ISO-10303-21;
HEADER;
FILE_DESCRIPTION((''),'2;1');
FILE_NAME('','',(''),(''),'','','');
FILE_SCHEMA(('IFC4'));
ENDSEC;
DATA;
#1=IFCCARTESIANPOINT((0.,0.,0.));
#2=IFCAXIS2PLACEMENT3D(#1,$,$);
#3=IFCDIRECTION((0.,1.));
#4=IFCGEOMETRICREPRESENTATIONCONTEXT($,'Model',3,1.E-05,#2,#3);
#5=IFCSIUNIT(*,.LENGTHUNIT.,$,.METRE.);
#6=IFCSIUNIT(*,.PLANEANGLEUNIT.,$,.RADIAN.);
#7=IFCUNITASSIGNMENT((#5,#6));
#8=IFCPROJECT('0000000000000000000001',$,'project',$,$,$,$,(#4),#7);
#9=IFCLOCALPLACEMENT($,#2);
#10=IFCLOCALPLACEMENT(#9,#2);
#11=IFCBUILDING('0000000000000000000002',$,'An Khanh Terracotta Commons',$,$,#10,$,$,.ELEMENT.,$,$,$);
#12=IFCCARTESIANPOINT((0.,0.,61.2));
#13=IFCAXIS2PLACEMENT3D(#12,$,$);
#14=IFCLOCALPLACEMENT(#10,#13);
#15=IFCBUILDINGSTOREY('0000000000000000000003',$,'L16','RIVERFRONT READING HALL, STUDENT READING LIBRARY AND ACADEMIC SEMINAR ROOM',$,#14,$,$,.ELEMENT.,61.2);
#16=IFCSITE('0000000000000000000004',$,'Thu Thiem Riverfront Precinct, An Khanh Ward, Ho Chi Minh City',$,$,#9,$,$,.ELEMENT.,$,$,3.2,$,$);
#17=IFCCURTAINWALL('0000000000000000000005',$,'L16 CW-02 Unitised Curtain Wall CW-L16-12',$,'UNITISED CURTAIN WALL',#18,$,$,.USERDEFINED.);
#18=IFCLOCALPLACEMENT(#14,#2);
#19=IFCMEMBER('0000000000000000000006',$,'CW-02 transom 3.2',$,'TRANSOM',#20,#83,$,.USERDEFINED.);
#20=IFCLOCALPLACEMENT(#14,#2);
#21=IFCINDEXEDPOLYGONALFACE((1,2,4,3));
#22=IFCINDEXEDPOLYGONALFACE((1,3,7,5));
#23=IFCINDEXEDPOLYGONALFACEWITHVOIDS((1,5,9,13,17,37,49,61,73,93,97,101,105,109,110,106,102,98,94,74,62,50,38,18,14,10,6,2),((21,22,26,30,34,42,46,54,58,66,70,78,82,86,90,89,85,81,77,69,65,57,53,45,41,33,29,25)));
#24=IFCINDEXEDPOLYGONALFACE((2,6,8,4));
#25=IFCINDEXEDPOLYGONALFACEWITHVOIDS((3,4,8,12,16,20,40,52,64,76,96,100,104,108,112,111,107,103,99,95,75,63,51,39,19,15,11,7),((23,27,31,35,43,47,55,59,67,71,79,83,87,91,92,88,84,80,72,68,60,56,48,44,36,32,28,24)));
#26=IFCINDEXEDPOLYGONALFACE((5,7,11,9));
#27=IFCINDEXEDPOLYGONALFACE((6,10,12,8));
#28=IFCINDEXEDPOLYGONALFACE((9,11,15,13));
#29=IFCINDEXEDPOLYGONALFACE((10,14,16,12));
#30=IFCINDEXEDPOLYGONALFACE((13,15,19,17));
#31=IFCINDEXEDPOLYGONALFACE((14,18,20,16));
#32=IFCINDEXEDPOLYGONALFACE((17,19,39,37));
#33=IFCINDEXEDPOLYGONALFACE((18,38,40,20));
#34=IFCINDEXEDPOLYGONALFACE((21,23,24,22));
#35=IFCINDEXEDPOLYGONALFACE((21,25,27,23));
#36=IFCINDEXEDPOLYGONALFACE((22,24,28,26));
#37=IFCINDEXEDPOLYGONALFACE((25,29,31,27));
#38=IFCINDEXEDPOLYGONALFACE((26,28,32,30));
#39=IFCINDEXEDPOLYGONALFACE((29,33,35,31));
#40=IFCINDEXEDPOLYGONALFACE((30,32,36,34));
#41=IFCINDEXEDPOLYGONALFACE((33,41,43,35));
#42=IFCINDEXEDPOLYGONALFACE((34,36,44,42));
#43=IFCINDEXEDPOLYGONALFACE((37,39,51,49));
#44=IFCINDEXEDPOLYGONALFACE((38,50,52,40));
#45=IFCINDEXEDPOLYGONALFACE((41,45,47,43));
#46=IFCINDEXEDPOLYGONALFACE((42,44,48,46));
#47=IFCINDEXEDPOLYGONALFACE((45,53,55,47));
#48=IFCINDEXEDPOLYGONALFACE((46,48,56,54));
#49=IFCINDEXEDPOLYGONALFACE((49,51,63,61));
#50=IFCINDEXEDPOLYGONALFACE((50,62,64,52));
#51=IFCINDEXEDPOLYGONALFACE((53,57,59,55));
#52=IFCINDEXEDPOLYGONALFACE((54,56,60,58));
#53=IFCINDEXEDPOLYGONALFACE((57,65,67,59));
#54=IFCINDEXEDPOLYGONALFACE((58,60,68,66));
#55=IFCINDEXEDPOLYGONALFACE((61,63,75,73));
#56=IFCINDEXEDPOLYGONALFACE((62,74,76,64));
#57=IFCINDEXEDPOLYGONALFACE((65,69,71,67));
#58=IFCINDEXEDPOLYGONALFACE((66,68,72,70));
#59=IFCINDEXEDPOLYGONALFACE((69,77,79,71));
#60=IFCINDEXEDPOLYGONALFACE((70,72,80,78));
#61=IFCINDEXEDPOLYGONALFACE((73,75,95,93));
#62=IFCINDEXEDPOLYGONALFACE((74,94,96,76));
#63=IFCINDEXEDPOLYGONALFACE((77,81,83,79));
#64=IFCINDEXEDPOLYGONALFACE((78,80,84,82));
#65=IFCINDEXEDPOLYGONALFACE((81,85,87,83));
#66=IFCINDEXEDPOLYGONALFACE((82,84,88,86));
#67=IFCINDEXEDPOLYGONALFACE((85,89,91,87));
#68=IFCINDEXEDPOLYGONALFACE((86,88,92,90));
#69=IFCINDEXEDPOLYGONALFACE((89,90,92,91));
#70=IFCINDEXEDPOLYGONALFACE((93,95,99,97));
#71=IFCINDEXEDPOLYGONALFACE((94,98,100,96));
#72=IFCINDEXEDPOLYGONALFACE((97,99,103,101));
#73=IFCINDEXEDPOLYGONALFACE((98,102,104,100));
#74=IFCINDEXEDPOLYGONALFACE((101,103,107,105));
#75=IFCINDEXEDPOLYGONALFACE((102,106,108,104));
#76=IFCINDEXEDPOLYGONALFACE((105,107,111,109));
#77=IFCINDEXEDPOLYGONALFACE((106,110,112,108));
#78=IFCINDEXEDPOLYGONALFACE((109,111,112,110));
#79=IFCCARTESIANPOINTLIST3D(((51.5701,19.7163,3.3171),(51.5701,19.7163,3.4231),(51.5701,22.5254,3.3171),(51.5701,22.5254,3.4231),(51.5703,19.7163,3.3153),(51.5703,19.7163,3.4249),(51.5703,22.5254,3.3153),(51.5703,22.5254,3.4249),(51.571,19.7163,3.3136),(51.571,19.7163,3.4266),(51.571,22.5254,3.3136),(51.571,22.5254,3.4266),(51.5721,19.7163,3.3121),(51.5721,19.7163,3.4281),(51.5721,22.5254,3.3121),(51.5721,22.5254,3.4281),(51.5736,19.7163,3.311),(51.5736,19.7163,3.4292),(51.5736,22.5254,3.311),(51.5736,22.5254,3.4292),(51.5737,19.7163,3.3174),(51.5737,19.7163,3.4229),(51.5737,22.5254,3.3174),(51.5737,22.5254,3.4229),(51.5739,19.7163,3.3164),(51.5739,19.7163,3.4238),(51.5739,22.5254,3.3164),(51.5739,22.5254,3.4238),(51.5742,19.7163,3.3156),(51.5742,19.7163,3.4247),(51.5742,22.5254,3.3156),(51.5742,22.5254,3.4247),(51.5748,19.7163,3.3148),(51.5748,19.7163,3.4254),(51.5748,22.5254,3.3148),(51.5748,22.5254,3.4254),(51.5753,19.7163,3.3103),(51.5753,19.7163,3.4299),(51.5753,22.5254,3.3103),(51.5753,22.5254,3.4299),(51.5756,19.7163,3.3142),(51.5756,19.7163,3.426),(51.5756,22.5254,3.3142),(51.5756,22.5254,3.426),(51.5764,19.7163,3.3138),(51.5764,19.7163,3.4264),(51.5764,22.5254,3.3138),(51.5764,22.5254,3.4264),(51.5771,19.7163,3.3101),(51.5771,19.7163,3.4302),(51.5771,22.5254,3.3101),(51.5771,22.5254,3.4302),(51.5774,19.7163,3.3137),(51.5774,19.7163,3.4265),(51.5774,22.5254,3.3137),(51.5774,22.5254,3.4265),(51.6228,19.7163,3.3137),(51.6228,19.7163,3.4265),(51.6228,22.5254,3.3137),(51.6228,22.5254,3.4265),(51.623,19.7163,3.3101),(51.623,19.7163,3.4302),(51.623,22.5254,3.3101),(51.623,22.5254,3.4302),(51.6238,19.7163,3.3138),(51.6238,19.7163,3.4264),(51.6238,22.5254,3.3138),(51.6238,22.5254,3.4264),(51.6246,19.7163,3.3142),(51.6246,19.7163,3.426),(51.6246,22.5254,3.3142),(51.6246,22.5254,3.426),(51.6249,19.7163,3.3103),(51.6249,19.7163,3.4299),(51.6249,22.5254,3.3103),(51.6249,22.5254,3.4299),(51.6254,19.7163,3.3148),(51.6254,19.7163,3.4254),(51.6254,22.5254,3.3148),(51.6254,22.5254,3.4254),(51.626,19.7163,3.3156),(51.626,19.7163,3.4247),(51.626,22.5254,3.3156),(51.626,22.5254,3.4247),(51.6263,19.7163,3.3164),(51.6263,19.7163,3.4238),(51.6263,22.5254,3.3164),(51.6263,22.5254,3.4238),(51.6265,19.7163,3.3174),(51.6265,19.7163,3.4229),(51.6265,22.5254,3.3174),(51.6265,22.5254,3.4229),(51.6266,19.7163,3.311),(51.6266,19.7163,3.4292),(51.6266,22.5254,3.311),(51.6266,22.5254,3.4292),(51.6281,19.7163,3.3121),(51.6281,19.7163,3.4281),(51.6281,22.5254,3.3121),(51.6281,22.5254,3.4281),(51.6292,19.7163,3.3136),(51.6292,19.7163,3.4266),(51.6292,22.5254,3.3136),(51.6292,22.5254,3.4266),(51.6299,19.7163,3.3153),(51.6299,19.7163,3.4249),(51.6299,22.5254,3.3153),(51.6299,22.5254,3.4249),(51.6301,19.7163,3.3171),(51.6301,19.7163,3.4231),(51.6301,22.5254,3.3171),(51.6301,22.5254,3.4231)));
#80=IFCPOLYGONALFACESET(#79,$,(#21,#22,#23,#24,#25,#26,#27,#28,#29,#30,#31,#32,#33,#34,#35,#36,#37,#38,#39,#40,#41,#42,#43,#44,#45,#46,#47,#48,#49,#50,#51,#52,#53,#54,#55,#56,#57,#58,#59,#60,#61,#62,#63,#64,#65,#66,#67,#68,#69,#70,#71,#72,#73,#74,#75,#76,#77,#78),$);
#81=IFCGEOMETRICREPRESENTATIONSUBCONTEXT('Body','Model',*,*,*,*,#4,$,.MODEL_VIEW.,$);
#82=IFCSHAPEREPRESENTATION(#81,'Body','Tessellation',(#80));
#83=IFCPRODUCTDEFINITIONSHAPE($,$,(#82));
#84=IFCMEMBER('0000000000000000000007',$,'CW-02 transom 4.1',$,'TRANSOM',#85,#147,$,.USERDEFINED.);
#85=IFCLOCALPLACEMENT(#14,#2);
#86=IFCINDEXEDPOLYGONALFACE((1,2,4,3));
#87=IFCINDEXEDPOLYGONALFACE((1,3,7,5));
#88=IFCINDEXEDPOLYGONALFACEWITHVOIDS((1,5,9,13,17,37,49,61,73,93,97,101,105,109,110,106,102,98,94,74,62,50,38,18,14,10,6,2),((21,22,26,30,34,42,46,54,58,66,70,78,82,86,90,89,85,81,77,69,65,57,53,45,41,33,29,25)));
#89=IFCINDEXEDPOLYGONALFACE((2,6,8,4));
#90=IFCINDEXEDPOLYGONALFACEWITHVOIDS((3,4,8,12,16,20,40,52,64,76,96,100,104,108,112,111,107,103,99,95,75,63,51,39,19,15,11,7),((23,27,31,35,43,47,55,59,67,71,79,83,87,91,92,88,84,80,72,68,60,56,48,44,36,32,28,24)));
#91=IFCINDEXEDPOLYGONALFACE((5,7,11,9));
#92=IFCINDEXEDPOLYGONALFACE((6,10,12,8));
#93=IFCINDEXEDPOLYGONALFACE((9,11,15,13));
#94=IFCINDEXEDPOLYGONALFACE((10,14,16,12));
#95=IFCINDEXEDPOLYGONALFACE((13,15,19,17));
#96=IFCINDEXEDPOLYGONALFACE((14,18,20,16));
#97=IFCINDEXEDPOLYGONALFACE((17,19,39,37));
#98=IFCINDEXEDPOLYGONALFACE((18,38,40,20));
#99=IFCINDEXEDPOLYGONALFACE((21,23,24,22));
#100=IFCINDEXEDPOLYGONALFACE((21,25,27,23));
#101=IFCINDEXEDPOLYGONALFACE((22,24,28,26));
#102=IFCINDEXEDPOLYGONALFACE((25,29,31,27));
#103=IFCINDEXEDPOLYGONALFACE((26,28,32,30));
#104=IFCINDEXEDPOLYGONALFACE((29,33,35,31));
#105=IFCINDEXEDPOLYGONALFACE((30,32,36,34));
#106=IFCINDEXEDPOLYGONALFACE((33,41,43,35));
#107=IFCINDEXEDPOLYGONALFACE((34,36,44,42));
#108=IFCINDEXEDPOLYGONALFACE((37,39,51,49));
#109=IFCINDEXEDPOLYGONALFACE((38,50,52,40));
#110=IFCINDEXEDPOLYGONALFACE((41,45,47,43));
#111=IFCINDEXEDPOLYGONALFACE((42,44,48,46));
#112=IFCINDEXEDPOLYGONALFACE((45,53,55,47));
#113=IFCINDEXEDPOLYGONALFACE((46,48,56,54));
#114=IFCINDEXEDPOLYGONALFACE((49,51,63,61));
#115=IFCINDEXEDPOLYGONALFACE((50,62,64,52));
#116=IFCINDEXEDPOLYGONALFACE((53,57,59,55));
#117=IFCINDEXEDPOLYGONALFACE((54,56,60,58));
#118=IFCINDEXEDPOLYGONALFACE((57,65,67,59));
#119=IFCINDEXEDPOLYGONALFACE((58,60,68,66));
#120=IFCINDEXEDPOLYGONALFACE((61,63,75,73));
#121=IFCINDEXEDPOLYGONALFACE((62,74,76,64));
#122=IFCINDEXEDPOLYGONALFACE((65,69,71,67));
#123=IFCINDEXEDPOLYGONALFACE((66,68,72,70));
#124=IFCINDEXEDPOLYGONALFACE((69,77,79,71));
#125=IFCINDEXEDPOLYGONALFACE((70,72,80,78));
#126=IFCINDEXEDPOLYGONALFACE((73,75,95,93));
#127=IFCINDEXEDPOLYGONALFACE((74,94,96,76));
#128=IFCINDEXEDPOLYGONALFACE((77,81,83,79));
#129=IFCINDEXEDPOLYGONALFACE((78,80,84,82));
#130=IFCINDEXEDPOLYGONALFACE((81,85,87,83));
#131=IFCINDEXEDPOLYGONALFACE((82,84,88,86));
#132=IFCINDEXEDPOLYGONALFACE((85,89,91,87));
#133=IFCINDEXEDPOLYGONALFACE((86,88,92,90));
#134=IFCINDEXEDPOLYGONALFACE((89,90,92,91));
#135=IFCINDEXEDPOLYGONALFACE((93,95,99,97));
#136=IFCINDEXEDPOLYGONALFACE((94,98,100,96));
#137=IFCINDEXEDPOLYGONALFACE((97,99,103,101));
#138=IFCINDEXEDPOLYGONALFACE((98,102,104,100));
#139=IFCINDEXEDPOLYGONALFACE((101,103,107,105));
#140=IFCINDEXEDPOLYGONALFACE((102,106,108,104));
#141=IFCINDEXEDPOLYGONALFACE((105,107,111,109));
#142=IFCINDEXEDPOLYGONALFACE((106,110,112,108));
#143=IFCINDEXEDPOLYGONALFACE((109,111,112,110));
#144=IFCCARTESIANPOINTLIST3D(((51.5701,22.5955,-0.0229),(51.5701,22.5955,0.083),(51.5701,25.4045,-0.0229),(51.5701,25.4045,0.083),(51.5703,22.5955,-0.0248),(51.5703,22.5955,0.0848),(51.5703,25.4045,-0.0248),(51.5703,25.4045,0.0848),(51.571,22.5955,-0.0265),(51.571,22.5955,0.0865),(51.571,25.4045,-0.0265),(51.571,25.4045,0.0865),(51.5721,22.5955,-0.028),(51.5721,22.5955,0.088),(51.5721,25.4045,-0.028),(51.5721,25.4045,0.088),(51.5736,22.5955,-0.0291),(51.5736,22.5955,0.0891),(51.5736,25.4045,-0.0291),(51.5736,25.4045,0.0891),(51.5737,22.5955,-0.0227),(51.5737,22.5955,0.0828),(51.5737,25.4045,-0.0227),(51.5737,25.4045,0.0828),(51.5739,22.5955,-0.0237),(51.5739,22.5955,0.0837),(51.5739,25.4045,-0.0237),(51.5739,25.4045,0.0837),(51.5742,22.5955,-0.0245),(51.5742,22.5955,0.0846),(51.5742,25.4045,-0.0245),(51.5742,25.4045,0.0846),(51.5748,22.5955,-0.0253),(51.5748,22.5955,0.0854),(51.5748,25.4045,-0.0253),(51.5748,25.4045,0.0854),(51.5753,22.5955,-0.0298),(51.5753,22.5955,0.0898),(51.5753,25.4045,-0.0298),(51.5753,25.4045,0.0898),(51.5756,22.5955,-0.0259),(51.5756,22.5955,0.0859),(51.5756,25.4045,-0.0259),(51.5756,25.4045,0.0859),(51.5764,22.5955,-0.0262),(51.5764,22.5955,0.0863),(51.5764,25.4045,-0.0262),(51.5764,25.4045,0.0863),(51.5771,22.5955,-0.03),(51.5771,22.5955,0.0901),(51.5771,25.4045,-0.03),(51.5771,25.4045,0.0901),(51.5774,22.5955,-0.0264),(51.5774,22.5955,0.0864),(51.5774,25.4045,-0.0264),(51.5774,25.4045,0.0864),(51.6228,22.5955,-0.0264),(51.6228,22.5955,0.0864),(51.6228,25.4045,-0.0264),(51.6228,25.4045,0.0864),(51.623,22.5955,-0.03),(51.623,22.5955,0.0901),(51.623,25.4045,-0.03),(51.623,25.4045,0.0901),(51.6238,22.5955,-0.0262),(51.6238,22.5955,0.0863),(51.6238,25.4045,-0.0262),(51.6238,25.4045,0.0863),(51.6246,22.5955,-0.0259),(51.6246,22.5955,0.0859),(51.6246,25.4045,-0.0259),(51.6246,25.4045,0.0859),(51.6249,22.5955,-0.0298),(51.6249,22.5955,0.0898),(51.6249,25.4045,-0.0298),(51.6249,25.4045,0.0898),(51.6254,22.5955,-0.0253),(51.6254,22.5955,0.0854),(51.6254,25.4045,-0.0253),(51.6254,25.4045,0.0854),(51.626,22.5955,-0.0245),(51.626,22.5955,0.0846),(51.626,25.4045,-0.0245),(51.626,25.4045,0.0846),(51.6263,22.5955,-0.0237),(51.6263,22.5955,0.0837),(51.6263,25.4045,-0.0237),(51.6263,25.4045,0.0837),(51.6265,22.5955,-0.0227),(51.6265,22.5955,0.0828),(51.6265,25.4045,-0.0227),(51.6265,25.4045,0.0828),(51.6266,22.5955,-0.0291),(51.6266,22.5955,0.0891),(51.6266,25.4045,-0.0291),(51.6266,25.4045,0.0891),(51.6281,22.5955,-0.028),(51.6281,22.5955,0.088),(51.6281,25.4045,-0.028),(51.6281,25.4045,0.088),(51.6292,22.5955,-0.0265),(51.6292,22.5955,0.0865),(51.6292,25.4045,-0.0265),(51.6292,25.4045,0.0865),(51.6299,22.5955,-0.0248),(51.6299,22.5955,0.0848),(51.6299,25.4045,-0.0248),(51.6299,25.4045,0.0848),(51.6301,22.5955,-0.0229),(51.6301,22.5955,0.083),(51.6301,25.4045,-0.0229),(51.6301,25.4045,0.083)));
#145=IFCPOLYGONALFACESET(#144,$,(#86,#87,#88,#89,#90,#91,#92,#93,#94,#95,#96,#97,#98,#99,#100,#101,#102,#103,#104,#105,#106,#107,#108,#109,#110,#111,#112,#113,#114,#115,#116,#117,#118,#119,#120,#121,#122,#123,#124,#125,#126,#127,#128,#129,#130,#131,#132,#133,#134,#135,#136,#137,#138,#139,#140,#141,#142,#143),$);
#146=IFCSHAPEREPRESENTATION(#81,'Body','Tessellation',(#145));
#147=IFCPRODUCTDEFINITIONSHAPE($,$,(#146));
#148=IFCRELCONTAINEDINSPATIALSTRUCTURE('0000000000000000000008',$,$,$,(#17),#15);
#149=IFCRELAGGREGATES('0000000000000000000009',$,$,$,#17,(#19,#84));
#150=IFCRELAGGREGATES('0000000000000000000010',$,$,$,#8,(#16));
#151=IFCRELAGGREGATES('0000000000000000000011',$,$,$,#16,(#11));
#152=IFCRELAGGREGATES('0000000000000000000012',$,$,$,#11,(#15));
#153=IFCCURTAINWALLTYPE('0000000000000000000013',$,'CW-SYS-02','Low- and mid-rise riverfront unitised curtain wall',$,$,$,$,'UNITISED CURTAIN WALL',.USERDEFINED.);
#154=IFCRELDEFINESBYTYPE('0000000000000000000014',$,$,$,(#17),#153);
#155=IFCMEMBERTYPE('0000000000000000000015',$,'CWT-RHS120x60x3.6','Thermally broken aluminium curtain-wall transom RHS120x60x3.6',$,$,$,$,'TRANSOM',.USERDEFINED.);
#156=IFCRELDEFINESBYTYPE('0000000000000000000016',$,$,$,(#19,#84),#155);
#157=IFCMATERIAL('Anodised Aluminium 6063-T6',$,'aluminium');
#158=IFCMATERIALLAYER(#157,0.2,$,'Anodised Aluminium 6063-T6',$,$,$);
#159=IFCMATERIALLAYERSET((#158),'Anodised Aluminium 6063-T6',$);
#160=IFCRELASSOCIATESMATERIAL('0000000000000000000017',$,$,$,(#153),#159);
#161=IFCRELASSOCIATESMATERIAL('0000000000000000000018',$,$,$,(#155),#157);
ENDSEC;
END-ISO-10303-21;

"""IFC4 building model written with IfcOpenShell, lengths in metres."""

from ifc_helpers import new_model, si_unit, direction, frame, origin, origin_2d, place, context, subcontext, project, spatial, hollow_rectangle, extrude, material, layer, layer_set, material_profile, profile_set, type_object, element, aggregate, save


model = new_model("IFC4")

# Units and contexts
model_context = context("Model", 3, precision=1e-05, world=origin(), true_north=direction((0.0, 1.0)))
body_context = subcontext(model_context, "Body", "Model", "MODEL_VIEW")
ifc_project = project(units=[si_unit("LENGTHUNIT", "METRE"), si_unit("PLANEANGLEUNIT", "RADIAN")], contexts=[model_context])

# Site, building, storey
site_placement = place(None, origin())
site = spatial("IfcSite", under=ifc_project, at=site_placement, Name="Thu Thiem Riverfront Precinct, An Khanh Ward, Ho Chi Minh City", CompositionType="ELEMENT", RefElevation=3.2)
building_placement = place(site_placement, origin())
building = spatial("IfcBuilding", under=site, at=building_placement, Name="An Khanh Terracotta Commons", CompositionType="ELEMENT")
storey_placement = place(building_placement, frame((0.0, 0.0, 61.2)))
storey = spatial("IfcBuildingStorey", under=building, at=storey_placement, Name="L16", Description="RIVERFRONT READING HALL, STUDENT READING LIBRARY AND ACADEMIC SEMINAR ROOM", CompositionType="ELEMENT", Elevation=61.2)

# Curtain wall, members
ifc_material_1 = material(Name="Anodised Aluminium 6063-T6", Category="aluminium")
ifc_layer_1 = layer(ifc_material_1, 0.2, Name="Anodised Aluminium 6063-T6")
ifc_layer_set_1 = layer_set([ifc_layer_1], Name="Anodised Aluminium 6063-T6")
curtain_wall_type = type_object("IfcCurtainWallType", Name="CW-SYS-02", Description="Low- and mid-rise riverfront unitised curtain wall", ElementType="UNITISED CURTAIN WALL", PredefinedType="USERDEFINED", material=ifc_layer_set_1)
curtain_wall_placement = place(storey_placement, origin())
curtain_wall = element("IfcCurtainWall", 1, at=curtain_wall_placement, inside=storey, type_object=curtain_wall_type, Name="L16 CW-02 Unitised Curtain Wall CW-L16-12", ObjectType="UNITISED CURTAIN WALL", PredefinedType="USERDEFINED")
ifc_material_profile_1 = material_profile(ifc_material_1, hollow_rectangle(XDim=0.0601, YDim=0.1201, WallThickness=0.0037, InnerFilletRadius=0.0037, OuterFilletRadius=0.0071, at=origin_2d()), Name="RHS120x60x3.6")
ifc_profile_set_1 = profile_set([ifc_material_profile_1], Name="Anodised Aluminium 6063-T6")
member_type_1 = type_object("IfcMemberType", Name="CWT-RHS120x60x3.6", Description="Thermally broken aluminium curtain-wall transom RHS120x60x3.6", ElementType="TRANSOM", PredefinedType="USERDEFINED", material=ifc_profile_set_1)
member_1_placement = place(storey_placement, frame((51.6001, 19.7163, 3.3701), z_axis=(0.0, 1.0, 0.0), x_axis=(-1.0, 0.0, 0.0)))
member_1 = element("IfcMember", 2, at=member_1_placement, type_object=member_type_1, Name="CW-02 transom 3.2", ObjectType="TRANSOM", PredefinedType="USERDEFINED", context=body_context, shape_type="SweptSolid", body=[
    extrude(hollow_rectangle(XDim=0.0601, YDim=0.1201, WallThickness=0.0037, InnerFilletRadius=0.0037, OuterFilletRadius=0.0071, at=origin_2d()), origin(), (0.0, 0.0, 1.0), 2.8091),
])
member_2_placement = place(storey_placement, frame((51.6001, 22.5955, 0.03), z_axis=(0.0, 1.0, 0.0), x_axis=(-1.0, 0.0, 0.0)))
member_2 = element("IfcMember", 3, at=member_2_placement, type_object=member_type_1, Name="CW-02 transom 4.1", ObjectType="TRANSOM", PredefinedType="USERDEFINED", context=body_context, shape_type="SweptSolid", body=[
    extrude(hollow_rectangle(XDim=0.0601, YDim=0.1201, WallThickness=0.0037, InnerFilletRadius=0.0037, OuterFilletRadius=0.0071, at=origin_2d()), origin(), (0.0, 0.0, 1.0), 2.8091),
])
aggregate(curtain_wall, [member_1, member_2])

save(model, "model.ifc")
